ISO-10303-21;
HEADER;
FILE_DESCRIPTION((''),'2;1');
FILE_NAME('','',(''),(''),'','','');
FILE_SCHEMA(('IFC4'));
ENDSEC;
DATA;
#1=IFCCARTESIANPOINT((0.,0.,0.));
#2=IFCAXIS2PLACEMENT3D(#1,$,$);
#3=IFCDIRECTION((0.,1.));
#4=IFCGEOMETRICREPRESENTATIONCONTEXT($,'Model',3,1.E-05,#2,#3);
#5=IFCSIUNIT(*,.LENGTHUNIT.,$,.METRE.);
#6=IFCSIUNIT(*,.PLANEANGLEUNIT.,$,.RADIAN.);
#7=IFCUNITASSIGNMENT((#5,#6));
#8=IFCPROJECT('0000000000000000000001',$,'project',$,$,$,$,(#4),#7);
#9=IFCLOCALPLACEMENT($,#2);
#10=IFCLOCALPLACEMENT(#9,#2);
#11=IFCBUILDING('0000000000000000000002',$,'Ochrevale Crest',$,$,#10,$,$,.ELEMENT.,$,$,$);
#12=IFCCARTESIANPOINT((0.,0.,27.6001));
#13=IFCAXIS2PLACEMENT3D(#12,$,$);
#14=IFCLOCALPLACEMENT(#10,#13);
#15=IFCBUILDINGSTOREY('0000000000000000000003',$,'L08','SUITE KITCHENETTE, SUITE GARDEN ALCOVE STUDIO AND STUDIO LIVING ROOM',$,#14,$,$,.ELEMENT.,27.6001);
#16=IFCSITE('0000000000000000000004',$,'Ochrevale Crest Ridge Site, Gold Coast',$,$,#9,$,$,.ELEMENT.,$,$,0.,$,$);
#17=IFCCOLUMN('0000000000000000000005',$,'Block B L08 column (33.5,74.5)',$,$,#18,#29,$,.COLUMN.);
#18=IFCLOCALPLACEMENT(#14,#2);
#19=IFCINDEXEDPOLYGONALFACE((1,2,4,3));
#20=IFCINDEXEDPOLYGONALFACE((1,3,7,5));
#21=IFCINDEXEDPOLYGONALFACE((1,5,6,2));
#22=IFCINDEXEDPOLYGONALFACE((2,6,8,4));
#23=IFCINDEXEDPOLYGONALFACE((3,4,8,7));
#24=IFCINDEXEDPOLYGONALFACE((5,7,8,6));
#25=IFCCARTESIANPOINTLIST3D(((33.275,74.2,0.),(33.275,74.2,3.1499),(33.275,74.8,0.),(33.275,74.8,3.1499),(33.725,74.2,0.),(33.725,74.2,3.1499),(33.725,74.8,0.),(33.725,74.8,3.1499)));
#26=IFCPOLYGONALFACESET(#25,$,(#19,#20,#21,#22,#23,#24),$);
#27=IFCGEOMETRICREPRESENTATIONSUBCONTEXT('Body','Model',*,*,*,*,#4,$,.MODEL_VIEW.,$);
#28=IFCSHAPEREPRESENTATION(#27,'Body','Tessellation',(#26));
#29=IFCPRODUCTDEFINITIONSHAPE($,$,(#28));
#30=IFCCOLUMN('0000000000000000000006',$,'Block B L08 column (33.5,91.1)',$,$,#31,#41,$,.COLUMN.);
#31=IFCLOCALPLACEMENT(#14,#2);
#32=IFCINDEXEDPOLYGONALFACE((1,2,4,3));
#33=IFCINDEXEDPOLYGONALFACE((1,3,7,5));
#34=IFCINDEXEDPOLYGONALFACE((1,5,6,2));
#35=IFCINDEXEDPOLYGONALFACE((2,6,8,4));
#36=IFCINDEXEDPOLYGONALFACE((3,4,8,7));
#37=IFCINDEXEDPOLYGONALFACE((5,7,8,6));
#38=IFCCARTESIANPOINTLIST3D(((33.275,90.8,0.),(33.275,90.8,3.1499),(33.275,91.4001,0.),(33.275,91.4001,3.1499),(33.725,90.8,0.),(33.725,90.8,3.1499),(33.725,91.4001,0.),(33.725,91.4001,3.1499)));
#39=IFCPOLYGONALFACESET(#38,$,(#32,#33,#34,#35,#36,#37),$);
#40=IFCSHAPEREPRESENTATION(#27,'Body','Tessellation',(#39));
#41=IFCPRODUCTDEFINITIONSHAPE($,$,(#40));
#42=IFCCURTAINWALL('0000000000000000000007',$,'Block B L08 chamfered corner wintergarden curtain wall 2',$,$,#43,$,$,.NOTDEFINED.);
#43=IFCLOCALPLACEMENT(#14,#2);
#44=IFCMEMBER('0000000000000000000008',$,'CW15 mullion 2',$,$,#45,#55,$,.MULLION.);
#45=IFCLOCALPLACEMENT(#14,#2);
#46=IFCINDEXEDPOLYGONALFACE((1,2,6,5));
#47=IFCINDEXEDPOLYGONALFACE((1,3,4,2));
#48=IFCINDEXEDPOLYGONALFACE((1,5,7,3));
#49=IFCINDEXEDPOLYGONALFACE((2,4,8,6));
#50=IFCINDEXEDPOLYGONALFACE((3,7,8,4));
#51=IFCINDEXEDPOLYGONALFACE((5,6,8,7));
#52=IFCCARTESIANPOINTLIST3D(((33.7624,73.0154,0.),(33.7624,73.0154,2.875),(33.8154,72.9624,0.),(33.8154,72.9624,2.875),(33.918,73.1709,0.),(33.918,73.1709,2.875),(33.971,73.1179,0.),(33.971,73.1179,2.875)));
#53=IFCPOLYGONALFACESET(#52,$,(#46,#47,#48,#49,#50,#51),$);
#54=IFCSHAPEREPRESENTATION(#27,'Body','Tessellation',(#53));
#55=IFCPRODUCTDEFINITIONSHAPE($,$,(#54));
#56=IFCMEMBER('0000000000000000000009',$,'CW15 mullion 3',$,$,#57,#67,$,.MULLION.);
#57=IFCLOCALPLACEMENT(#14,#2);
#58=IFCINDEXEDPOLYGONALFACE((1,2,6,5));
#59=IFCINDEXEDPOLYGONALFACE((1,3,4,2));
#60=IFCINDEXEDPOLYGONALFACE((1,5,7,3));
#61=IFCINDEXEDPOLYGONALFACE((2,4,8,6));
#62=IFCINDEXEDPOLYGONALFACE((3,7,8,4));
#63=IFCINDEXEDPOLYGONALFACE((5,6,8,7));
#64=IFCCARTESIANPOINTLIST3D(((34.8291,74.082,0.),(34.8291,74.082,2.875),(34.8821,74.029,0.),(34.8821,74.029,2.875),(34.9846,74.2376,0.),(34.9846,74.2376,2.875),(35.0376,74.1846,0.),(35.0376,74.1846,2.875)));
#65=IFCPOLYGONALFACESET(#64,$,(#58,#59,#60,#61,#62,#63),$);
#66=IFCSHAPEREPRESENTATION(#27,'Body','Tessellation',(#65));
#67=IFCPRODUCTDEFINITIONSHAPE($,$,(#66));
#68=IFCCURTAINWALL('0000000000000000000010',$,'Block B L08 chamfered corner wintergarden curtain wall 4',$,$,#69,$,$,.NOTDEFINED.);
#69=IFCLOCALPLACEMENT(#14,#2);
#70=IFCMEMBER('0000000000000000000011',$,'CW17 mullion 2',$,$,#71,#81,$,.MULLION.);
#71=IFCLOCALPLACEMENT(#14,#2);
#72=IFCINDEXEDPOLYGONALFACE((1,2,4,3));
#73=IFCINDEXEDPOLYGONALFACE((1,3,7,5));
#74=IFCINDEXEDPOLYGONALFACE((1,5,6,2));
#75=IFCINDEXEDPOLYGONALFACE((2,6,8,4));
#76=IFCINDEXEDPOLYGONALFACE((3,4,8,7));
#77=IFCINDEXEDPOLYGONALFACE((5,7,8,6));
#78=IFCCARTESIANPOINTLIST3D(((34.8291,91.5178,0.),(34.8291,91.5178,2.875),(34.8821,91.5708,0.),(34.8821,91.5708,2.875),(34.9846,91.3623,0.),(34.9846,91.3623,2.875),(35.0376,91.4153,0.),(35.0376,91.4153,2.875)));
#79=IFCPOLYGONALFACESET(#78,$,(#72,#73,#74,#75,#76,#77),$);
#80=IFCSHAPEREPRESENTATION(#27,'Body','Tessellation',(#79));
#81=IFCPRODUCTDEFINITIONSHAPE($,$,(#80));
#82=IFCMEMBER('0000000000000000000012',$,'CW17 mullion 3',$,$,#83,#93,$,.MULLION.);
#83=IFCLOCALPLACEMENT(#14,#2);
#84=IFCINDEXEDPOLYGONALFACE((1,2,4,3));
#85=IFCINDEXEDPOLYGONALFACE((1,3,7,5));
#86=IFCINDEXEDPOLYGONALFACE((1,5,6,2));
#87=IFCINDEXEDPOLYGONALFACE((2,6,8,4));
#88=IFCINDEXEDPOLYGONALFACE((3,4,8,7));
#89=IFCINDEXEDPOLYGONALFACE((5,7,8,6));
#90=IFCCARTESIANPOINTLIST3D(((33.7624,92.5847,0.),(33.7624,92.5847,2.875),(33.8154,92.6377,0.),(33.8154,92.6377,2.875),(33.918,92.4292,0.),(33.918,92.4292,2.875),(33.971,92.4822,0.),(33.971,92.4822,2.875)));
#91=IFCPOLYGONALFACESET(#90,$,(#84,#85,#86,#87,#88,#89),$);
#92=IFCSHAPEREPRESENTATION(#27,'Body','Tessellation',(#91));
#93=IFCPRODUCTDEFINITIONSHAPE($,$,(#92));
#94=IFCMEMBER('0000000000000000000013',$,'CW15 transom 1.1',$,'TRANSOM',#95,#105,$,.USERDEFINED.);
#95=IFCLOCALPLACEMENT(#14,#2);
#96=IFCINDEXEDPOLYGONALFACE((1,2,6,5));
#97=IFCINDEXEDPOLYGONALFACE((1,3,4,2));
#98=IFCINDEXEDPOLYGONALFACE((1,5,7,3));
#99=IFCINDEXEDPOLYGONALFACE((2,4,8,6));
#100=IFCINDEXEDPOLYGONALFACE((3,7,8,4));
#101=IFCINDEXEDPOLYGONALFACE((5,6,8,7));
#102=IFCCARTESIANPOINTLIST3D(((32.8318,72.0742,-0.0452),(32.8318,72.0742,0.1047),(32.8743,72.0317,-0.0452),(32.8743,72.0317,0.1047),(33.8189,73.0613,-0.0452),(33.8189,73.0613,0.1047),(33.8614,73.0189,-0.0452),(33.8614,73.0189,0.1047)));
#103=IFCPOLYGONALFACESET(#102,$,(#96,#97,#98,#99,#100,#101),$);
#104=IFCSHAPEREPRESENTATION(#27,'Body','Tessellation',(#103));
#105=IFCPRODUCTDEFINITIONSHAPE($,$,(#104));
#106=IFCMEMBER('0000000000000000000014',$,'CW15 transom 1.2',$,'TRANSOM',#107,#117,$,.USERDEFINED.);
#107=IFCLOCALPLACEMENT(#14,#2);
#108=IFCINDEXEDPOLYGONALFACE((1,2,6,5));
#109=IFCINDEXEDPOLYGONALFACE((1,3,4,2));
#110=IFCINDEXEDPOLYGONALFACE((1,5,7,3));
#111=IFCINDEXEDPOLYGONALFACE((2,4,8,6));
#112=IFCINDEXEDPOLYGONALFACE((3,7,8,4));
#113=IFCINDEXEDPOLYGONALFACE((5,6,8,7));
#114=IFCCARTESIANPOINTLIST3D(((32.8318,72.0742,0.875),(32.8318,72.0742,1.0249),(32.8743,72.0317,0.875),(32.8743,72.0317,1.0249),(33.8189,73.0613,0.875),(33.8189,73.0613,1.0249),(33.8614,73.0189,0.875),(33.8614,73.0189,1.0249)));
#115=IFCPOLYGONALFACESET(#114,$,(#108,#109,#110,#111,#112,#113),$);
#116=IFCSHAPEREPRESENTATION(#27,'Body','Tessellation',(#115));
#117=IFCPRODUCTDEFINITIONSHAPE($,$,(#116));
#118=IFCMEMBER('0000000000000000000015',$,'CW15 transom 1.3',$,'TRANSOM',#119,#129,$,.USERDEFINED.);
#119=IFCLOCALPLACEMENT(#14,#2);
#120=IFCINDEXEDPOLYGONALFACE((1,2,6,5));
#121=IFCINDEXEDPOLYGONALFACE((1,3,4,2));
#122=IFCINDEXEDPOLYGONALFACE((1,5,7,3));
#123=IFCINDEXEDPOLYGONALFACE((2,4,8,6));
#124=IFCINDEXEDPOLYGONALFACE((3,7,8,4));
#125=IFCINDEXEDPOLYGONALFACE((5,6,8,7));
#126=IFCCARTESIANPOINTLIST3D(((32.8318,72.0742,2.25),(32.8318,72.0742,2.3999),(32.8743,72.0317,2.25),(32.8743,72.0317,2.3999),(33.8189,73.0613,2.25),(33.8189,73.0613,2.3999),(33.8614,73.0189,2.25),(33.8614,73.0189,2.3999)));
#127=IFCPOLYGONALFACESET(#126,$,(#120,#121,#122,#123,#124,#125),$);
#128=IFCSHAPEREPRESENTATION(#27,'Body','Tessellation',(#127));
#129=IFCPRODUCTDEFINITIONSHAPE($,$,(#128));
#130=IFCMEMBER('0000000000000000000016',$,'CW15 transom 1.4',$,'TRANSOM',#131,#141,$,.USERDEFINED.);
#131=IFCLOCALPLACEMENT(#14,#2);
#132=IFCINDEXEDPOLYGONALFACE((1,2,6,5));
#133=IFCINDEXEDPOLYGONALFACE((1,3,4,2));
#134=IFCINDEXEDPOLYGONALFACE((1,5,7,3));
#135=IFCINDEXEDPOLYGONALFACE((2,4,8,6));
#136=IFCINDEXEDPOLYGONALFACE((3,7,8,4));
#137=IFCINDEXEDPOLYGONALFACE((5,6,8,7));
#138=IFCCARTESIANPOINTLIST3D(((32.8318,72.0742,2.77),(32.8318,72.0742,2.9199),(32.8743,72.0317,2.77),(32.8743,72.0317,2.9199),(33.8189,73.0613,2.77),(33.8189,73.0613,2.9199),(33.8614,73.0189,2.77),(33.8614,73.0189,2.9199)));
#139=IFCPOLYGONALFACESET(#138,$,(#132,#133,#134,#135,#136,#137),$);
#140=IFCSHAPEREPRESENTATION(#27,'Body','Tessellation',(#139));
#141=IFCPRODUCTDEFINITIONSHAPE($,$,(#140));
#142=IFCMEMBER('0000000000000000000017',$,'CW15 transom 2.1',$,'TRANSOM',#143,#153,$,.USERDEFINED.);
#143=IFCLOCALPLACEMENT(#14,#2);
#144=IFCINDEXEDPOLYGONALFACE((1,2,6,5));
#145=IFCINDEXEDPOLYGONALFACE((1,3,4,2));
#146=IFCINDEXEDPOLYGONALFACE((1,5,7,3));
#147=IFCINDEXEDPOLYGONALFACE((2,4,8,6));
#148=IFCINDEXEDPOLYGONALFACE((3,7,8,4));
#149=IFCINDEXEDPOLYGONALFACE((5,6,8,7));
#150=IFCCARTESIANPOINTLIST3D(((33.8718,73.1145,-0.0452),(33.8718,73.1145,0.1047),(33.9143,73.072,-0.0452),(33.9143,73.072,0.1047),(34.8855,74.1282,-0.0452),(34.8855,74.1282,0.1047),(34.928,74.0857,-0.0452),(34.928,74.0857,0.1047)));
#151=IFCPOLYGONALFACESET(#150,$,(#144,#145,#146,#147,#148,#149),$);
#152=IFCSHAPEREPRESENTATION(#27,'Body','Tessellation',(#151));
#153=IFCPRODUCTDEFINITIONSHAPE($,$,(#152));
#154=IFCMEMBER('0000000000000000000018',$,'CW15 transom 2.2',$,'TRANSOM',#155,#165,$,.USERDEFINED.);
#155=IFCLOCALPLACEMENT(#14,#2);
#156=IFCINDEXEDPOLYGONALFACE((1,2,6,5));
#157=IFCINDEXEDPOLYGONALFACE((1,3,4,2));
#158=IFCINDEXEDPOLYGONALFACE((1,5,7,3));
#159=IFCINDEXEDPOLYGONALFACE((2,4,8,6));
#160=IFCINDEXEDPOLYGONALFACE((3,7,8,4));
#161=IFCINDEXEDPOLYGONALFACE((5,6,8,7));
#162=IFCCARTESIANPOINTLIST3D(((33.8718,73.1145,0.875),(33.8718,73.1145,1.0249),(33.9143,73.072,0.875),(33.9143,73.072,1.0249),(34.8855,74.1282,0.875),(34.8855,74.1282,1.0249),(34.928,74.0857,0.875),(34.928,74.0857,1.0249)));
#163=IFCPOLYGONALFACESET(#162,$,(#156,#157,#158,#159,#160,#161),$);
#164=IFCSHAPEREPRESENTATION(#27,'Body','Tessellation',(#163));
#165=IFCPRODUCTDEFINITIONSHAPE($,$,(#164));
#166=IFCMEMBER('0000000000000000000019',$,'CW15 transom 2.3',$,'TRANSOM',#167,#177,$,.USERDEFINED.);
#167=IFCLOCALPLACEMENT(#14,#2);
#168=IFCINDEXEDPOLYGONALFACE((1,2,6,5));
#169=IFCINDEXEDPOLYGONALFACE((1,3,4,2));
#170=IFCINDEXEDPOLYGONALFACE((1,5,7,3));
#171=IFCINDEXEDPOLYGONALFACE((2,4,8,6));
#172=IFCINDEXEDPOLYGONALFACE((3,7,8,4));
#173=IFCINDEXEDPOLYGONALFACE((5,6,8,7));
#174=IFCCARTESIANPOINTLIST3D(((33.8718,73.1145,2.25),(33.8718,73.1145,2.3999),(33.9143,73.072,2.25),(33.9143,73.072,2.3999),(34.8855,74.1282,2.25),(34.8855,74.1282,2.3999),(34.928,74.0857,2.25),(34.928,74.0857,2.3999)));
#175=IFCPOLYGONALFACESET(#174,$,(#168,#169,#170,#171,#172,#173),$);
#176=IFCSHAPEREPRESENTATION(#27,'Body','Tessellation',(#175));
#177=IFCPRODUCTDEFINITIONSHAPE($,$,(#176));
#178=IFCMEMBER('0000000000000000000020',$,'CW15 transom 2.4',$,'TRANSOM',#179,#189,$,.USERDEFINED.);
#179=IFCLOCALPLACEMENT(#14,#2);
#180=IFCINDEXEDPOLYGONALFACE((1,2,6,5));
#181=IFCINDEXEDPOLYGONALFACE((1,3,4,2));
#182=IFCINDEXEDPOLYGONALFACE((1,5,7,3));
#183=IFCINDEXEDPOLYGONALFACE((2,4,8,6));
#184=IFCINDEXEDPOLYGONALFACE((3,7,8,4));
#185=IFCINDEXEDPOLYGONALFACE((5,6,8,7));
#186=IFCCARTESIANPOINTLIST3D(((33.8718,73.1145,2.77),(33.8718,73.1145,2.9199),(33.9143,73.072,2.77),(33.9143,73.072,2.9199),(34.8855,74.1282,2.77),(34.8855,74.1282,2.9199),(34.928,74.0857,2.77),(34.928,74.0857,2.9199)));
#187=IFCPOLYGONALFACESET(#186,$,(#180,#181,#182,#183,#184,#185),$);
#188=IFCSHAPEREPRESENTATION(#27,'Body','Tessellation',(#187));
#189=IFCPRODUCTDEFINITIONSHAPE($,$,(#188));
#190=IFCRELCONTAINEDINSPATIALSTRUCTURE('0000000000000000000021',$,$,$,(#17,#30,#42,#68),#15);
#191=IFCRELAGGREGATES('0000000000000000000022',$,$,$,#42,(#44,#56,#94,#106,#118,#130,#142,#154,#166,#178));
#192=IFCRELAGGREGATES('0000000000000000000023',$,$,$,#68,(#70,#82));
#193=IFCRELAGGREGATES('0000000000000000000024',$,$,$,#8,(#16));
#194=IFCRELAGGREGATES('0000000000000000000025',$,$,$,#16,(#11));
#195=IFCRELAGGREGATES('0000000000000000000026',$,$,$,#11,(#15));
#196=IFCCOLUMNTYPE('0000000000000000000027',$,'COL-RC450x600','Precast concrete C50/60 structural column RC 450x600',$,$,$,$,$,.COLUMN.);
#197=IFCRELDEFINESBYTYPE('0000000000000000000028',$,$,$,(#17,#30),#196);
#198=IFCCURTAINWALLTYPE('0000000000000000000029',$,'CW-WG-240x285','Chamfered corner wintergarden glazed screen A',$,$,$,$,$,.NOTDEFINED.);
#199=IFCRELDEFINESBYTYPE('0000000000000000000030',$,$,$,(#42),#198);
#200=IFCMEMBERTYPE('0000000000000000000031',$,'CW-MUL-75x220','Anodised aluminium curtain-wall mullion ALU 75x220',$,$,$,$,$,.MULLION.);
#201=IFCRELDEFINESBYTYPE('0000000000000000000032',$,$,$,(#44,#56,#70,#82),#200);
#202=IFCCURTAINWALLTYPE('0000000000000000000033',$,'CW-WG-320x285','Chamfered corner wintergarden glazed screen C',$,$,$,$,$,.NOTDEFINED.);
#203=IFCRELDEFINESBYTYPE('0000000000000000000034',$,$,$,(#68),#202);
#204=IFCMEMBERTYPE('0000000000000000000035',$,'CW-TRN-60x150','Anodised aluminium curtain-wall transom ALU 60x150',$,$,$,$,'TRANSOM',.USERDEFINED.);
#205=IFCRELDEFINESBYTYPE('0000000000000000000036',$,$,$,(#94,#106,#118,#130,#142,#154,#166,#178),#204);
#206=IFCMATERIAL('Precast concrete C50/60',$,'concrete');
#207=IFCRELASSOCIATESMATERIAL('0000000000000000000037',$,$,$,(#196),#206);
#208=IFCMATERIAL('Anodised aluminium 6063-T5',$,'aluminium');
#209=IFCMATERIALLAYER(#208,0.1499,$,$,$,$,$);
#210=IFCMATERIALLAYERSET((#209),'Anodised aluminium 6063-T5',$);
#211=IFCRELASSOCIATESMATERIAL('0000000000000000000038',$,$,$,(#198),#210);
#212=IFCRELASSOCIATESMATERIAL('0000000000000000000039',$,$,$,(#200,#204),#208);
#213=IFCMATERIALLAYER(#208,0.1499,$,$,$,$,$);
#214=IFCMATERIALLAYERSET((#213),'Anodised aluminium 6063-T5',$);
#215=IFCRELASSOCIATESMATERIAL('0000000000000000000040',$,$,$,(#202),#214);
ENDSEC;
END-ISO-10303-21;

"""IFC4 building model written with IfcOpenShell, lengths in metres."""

from ifc_helpers import new_model, si_unit, direction, frame, origin, origin_2d, place, context, subcontext, project, spatial, rectangle, extrude, material, layer, layer_set, material_profile, profile_set, type_object, element, aggregate, save


model = new_model("IFC4")

# Units and contexts
model_context = context("Model", 3, precision=1e-05, world=origin(), true_north=direction((0.0, 1.0)))
body_context = subcontext(model_context, "Body", "Model", "MODEL_VIEW")
ifc_project = project(units=[si_unit("LENGTHUNIT", "METRE"), si_unit("PLANEANGLEUNIT", "RADIAN")], contexts=[model_context])

# Site, building, storey
site_placement = place(None, origin())
site = spatial("IfcSite", under=ifc_project, at=site_placement, Name="Ochrevale Crest Ridge Site, Gold Coast", CompositionType="ELEMENT", RefElevation=0.0)
building_placement = place(site_placement, origin())
building = spatial("IfcBuilding", under=site, at=building_placement, Name="Ochrevale Crest", CompositionType="ELEMENT")
storey_placement = place(building_placement, frame((0.0, 0.0, 27.6001)))
storey = spatial("IfcBuildingStorey", under=building, at=storey_placement, Name="L08", Description="SUITE KITCHENETTE, SUITE GARDEN ALCOVE STUDIO AND STUDIO LIVING ROOM", CompositionType="ELEMENT", Elevation=27.6001)

# Columns
ifc_material_1 = material(Name="Precast concrete C50/60", Category="concrete")
ifc_material_profile_1 = material_profile(ifc_material_1, rectangle(XDim=0.45, YDim=0.6001, at=origin_2d()), Name="RC 450x600")
ifc_profile_set_1 = profile_set([ifc_material_profile_1], Name="Precast concrete C50/60")
column_type = type_object("IfcColumnType", Name="COL-RC450x600", Description="Precast concrete C50/60 structural column RC 450x600", PredefinedType="COLUMN", material=ifc_profile_set_1)
for number, where, z_axis, x_axis, name in (
    (1, (33.5, 74.5, 0.0), (0.0, 0.0, 1.0), (1.0, 0.0, 0.0), "Block B L08 column (33.5,74.5)"),
    (2, (33.5, 91.1001, 0.0), (0.0, 0.0, 1.0), (1.0, 0.0, 0.0), "Block B L08 column (33.5,91.1)"),
):
    element("IfcColumn", number, at=place(storey_placement, frame(where, z_axis=z_axis, x_axis=x_axis)), inside=storey, type_object=column_type, Name=name, PredefinedType="COLUMN", context=body_context, shape_type="SweptSolid", body=[
        extrude(rectangle(XDim=0.45, YDim=0.6001, at=origin_2d()), origin(), (0.0, 0.0, 1.0), 3.1499),
    ])

# Curtain walls, members
ifc_material_2 = material(Name="Anodised aluminium 6063-T5", Category="aluminium")
ifc_layer_1 = layer(ifc_material_2, 0.1499)
ifc_layer_set_1 = layer_set([ifc_layer_1], Name="Anodised aluminium 6063-T5")
curtain_wall_type_1 = type_object("IfcCurtainWallType", Name="CW-WG-240x285", Description="Chamfered corner wintergarden glazed screen A", PredefinedType="NOTDEFINED", material=ifc_layer_set_1)
curtain_wall_1_placement = place(storey_placement, origin())
curtain_wall_1 = element("IfcCurtainWall", 3, at=curtain_wall_1_placement, inside=storey, type_object=curtain_wall_type_1, Name="Block B L08 chamfered corner wintergarden curtain wall 2", PredefinedType="NOTDEFINED")
ifc_material_profile_2 = material_profile(ifc_material_2, rectangle(XDim=0.075, YDim=0.22, at=origin_2d()), Name="ALU 75x220")
ifc_profile_set_2 = profile_set([ifc_material_profile_2], Name="Anodised aluminium 6063-T5")
member_type_1 = type_object("IfcMemberType", Name="CW-MUL-75x220", Description="Anodised aluminium curtain-wall mullion ALU 75x220", PredefinedType="MULLION", material=ifc_profile_set_2)
member_1_placement = place(storey_placement, frame((33.8667, 73.0667, 0.0), z_axis=(0.0, 0.0, 1.0), x_axis=(-0.707107, 0.707107, 0.0)))
member_1 = element("IfcMember", 4, at=member_1_placement, type_object=member_type_1, Name="CW15 mullion 2", PredefinedType="MULLION", context=body_context, shape_type="SweptSolid", body=[
    extrude(rectangle(XDim=0.075, YDim=0.22, at=origin_2d()), origin(), (0.0, 0.0, 1.0), 2.875),
])
member_2_placement = place(storey_placement, frame((34.9333, 74.1333, 0.0), z_axis=(0.0, 0.0, 1.0), x_axis=(-0.707107, 0.707107, 0.0)))
member_2 = element("IfcMember", 5, at=member_2_placement, type_object=member_type_1, Name="CW15 mullion 3", PredefinedType="MULLION", context=body_context, shape_type="SweptSolid", body=[
    extrude(rectangle(XDim=0.075, YDim=0.22, at=origin_2d()), origin(), (0.0, 0.0, 1.0), 2.875),
])
ifc_layer_2 = layer(ifc_material_2, 0.1499)
ifc_layer_set_2 = layer_set([ifc_layer_2], Name="Anodised aluminium 6063-T5")
curtain_wall_type_2 = type_object("IfcCurtainWallType", Name="CW-WG-320x285", Description="Chamfered corner wintergarden glazed screen C", PredefinedType="NOTDEFINED", material=ifc_layer_set_2)
curtain_wall_2_placement = place(storey_placement, origin())
curtain_wall_2 = element("IfcCurtainWall", 6, at=curtain_wall_2_placement, inside=storey, type_object=curtain_wall_type_2, Name="Block B L08 chamfered corner wintergarden curtain wall 4", PredefinedType="NOTDEFINED")
member_3_placement = place(storey_placement, frame((34.9333, 91.4666, 0.0), z_axis=(0.0, 0.0, 1.0), x_axis=(-0.707107, -0.707107, 0.0)))
member_3 = element("IfcMember", 7, at=member_3_placement, type_object=member_type_1, Name="CW17 mullion 2", PredefinedType="MULLION", context=body_context, shape_type="SweptSolid", body=[
    extrude(rectangle(XDim=0.075, YDim=0.22, at=origin_2d()), origin(), (0.0, 0.0, 1.0), 2.875),
])
member_4_placement = place(storey_placement, frame((33.8667, 92.5334, 0.0), z_axis=(0.0, 0.0, 1.0), x_axis=(-0.707107, -0.707107, 0.0)))
member_4 = element("IfcMember", 8, at=member_4_placement, type_object=member_type_1, Name="CW17 mullion 3", PredefinedType="MULLION", context=body_context, shape_type="SweptSolid", body=[
    extrude(rectangle(XDim=0.075, YDim=0.22, at=origin_2d()), origin(), (0.0, 0.0, 1.0), 2.875),
])

# Members
ifc_material_profile_3 = material_profile(ifc_material_2, rectangle(XDim=0.0601, YDim=0.1499, at=origin_2d()), Name="ALU 60x150")
ifc_profile_set_3 = profile_set([ifc_material_profile_3], Name="Anodised aluminium 6063-T5")
member_type_2 = type_object("IfcMemberType", Name="CW-TRN-60x150", Description="Anodised aluminium curtain-wall transom ALU 60x150", ElementType="TRANSOM", PredefinedType="USERDEFINED", material=ifc_profile_set_3)
member_5_placement = place(storey_placement, frame((32.853, 72.053, 0.0298), z_axis=(0.707107, 0.707107, 0.0), x_axis=(-0.707107, 0.707107, 0.0)))
member_5 = element("IfcMember", 9, at=member_5_placement, type_object=member_type_2, Name="CW15 transom 1.1", ObjectType="TRANSOM", PredefinedType="USERDEFINED", context=body_context, shape_type="SweptSolid", body=[
    extrude(rectangle(XDim=0.0601, YDim=0.1499, at=origin_2d()), origin(), (0.0, 0.0, 1.0), 1.396),
])
member_6_placement = place(storey_placement, frame((32.853, 72.053, 0.95), z_axis=(0.707107, 0.707107, 0.0), x_axis=(-0.707107, 0.707107, 0.0)))
member_6 = element("IfcMember", 10, at=member_6_placement, type_object=member_type_2, Name="CW15 transom 1.2", ObjectType="TRANSOM", PredefinedType="USERDEFINED", context=body_context, shape_type="SweptSolid", body=[
    extrude(rectangle(XDim=0.0601, YDim=0.1499, at=origin_2d()), origin(), (0.0, 0.0, 1.0), 1.396),
])
member_7_placement = place(storey_placement, frame((32.853, 72.053, 2.325), z_axis=(0.707107, 0.707107, 0.0), x_axis=(-0.707107, 0.707107, 0.0)))
member_7 = element("IfcMember", 11, at=member_7_placement, type_object=member_type_2, Name="CW15 transom 1.3", ObjectType="TRANSOM", PredefinedType="USERDEFINED", context=body_context, shape_type="SweptSolid", body=[
    extrude(rectangle(XDim=0.0601, YDim=0.1499, at=origin_2d()), origin(), (0.0, 0.0, 1.0), 1.396),
])
member_8_placement = place(storey_placement, frame((32.853, 72.053, 2.845), z_axis=(0.707107, 0.707107, 0.0), x_axis=(-0.707107, 0.707107, 0.0)))
member_8 = element("IfcMember", 12, at=member_8_placement, type_object=member_type_2, Name="CW15 transom 1.4", ObjectType="TRANSOM", PredefinedType="USERDEFINED", context=body_context, shape_type="SweptSolid", body=[
    extrude(rectangle(XDim=0.0601, YDim=0.1499, at=origin_2d()), origin(), (0.0, 0.0, 1.0), 1.396),
])
member_9_placement = place(storey_placement, frame((33.8931, 73.0933, 0.0298), z_axis=(0.707107, 0.707107, 0.0), x_axis=(-0.707107, 0.707107, 0.0)))
member_9 = element("IfcMember", 13, at=member_9_placement, type_object=member_type_2, Name="CW15 transom 2.1", ObjectType="TRANSOM", PredefinedType="USERDEFINED", context=body_context, shape_type="SweptSolid", body=[
    extrude(rectangle(XDim=0.0601, YDim=0.1499, at=origin_2d()), origin(), (0.0, 0.0, 1.0), 1.4336),
])
member_10_placement = place(storey_placement, frame((33.8931, 73.0933, 0.95), z_axis=(0.707107, 0.707107, 0.0), x_axis=(-0.707107, 0.707107, 0.0)))
member_10 = element("IfcMember", 14, at=member_10_placement, type_object=member_type_2, Name="CW15 transom 2.2", ObjectType="TRANSOM", PredefinedType="USERDEFINED", context=body_context, shape_type="SweptSolid", body=[
    extrude(rectangle(XDim=0.0601, YDim=0.1499, at=origin_2d()), origin(), (0.0, 0.0, 1.0), 1.4336),
])
member_11_placement = place(storey_placement, frame((33.8931, 73.0933, 2.325), z_axis=(0.707107, 0.707107, 0.0), x_axis=(-0.707107, 0.707107, 0.0)))
member_11 = element("IfcMember", 15, at=member_11_placement, type_object=member_type_2, Name="CW15 transom 2.3", ObjectType="TRANSOM", PredefinedType="USERDEFINED", context=body_context, shape_type="SweptSolid", body=[
    extrude(rectangle(XDim=0.0601, YDim=0.1499, at=origin_2d()), origin(), (0.0, 0.0, 1.0), 1.4336),
])
member_12_placement = place(storey_placement, frame((33.8931, 73.0933, 2.845), z_axis=(0.707107, 0.707107, 0.0), x_axis=(-0.707107, 0.707107, 0.0)))
member_12 = element("IfcMember", 16, at=member_12_placement, type_object=member_type_2, Name="CW15 transom 2.4", ObjectType="TRANSOM", PredefinedType="USERDEFINED", context=body_context, shape_type="SweptSolid", body=[
    extrude(rectangle(XDim=0.0601, YDim=0.1499, at=origin_2d()), origin(), (0.0, 0.0, 1.0), 1.4336),
])

aggregate(curtain_wall_1, [member_1, member_2, member_5, member_6, member_7, member_8, member_9, member_10, member_11, member_12])
aggregate(curtain_wall_2, [member_3, member_4])

save(model, "model.ifc")
